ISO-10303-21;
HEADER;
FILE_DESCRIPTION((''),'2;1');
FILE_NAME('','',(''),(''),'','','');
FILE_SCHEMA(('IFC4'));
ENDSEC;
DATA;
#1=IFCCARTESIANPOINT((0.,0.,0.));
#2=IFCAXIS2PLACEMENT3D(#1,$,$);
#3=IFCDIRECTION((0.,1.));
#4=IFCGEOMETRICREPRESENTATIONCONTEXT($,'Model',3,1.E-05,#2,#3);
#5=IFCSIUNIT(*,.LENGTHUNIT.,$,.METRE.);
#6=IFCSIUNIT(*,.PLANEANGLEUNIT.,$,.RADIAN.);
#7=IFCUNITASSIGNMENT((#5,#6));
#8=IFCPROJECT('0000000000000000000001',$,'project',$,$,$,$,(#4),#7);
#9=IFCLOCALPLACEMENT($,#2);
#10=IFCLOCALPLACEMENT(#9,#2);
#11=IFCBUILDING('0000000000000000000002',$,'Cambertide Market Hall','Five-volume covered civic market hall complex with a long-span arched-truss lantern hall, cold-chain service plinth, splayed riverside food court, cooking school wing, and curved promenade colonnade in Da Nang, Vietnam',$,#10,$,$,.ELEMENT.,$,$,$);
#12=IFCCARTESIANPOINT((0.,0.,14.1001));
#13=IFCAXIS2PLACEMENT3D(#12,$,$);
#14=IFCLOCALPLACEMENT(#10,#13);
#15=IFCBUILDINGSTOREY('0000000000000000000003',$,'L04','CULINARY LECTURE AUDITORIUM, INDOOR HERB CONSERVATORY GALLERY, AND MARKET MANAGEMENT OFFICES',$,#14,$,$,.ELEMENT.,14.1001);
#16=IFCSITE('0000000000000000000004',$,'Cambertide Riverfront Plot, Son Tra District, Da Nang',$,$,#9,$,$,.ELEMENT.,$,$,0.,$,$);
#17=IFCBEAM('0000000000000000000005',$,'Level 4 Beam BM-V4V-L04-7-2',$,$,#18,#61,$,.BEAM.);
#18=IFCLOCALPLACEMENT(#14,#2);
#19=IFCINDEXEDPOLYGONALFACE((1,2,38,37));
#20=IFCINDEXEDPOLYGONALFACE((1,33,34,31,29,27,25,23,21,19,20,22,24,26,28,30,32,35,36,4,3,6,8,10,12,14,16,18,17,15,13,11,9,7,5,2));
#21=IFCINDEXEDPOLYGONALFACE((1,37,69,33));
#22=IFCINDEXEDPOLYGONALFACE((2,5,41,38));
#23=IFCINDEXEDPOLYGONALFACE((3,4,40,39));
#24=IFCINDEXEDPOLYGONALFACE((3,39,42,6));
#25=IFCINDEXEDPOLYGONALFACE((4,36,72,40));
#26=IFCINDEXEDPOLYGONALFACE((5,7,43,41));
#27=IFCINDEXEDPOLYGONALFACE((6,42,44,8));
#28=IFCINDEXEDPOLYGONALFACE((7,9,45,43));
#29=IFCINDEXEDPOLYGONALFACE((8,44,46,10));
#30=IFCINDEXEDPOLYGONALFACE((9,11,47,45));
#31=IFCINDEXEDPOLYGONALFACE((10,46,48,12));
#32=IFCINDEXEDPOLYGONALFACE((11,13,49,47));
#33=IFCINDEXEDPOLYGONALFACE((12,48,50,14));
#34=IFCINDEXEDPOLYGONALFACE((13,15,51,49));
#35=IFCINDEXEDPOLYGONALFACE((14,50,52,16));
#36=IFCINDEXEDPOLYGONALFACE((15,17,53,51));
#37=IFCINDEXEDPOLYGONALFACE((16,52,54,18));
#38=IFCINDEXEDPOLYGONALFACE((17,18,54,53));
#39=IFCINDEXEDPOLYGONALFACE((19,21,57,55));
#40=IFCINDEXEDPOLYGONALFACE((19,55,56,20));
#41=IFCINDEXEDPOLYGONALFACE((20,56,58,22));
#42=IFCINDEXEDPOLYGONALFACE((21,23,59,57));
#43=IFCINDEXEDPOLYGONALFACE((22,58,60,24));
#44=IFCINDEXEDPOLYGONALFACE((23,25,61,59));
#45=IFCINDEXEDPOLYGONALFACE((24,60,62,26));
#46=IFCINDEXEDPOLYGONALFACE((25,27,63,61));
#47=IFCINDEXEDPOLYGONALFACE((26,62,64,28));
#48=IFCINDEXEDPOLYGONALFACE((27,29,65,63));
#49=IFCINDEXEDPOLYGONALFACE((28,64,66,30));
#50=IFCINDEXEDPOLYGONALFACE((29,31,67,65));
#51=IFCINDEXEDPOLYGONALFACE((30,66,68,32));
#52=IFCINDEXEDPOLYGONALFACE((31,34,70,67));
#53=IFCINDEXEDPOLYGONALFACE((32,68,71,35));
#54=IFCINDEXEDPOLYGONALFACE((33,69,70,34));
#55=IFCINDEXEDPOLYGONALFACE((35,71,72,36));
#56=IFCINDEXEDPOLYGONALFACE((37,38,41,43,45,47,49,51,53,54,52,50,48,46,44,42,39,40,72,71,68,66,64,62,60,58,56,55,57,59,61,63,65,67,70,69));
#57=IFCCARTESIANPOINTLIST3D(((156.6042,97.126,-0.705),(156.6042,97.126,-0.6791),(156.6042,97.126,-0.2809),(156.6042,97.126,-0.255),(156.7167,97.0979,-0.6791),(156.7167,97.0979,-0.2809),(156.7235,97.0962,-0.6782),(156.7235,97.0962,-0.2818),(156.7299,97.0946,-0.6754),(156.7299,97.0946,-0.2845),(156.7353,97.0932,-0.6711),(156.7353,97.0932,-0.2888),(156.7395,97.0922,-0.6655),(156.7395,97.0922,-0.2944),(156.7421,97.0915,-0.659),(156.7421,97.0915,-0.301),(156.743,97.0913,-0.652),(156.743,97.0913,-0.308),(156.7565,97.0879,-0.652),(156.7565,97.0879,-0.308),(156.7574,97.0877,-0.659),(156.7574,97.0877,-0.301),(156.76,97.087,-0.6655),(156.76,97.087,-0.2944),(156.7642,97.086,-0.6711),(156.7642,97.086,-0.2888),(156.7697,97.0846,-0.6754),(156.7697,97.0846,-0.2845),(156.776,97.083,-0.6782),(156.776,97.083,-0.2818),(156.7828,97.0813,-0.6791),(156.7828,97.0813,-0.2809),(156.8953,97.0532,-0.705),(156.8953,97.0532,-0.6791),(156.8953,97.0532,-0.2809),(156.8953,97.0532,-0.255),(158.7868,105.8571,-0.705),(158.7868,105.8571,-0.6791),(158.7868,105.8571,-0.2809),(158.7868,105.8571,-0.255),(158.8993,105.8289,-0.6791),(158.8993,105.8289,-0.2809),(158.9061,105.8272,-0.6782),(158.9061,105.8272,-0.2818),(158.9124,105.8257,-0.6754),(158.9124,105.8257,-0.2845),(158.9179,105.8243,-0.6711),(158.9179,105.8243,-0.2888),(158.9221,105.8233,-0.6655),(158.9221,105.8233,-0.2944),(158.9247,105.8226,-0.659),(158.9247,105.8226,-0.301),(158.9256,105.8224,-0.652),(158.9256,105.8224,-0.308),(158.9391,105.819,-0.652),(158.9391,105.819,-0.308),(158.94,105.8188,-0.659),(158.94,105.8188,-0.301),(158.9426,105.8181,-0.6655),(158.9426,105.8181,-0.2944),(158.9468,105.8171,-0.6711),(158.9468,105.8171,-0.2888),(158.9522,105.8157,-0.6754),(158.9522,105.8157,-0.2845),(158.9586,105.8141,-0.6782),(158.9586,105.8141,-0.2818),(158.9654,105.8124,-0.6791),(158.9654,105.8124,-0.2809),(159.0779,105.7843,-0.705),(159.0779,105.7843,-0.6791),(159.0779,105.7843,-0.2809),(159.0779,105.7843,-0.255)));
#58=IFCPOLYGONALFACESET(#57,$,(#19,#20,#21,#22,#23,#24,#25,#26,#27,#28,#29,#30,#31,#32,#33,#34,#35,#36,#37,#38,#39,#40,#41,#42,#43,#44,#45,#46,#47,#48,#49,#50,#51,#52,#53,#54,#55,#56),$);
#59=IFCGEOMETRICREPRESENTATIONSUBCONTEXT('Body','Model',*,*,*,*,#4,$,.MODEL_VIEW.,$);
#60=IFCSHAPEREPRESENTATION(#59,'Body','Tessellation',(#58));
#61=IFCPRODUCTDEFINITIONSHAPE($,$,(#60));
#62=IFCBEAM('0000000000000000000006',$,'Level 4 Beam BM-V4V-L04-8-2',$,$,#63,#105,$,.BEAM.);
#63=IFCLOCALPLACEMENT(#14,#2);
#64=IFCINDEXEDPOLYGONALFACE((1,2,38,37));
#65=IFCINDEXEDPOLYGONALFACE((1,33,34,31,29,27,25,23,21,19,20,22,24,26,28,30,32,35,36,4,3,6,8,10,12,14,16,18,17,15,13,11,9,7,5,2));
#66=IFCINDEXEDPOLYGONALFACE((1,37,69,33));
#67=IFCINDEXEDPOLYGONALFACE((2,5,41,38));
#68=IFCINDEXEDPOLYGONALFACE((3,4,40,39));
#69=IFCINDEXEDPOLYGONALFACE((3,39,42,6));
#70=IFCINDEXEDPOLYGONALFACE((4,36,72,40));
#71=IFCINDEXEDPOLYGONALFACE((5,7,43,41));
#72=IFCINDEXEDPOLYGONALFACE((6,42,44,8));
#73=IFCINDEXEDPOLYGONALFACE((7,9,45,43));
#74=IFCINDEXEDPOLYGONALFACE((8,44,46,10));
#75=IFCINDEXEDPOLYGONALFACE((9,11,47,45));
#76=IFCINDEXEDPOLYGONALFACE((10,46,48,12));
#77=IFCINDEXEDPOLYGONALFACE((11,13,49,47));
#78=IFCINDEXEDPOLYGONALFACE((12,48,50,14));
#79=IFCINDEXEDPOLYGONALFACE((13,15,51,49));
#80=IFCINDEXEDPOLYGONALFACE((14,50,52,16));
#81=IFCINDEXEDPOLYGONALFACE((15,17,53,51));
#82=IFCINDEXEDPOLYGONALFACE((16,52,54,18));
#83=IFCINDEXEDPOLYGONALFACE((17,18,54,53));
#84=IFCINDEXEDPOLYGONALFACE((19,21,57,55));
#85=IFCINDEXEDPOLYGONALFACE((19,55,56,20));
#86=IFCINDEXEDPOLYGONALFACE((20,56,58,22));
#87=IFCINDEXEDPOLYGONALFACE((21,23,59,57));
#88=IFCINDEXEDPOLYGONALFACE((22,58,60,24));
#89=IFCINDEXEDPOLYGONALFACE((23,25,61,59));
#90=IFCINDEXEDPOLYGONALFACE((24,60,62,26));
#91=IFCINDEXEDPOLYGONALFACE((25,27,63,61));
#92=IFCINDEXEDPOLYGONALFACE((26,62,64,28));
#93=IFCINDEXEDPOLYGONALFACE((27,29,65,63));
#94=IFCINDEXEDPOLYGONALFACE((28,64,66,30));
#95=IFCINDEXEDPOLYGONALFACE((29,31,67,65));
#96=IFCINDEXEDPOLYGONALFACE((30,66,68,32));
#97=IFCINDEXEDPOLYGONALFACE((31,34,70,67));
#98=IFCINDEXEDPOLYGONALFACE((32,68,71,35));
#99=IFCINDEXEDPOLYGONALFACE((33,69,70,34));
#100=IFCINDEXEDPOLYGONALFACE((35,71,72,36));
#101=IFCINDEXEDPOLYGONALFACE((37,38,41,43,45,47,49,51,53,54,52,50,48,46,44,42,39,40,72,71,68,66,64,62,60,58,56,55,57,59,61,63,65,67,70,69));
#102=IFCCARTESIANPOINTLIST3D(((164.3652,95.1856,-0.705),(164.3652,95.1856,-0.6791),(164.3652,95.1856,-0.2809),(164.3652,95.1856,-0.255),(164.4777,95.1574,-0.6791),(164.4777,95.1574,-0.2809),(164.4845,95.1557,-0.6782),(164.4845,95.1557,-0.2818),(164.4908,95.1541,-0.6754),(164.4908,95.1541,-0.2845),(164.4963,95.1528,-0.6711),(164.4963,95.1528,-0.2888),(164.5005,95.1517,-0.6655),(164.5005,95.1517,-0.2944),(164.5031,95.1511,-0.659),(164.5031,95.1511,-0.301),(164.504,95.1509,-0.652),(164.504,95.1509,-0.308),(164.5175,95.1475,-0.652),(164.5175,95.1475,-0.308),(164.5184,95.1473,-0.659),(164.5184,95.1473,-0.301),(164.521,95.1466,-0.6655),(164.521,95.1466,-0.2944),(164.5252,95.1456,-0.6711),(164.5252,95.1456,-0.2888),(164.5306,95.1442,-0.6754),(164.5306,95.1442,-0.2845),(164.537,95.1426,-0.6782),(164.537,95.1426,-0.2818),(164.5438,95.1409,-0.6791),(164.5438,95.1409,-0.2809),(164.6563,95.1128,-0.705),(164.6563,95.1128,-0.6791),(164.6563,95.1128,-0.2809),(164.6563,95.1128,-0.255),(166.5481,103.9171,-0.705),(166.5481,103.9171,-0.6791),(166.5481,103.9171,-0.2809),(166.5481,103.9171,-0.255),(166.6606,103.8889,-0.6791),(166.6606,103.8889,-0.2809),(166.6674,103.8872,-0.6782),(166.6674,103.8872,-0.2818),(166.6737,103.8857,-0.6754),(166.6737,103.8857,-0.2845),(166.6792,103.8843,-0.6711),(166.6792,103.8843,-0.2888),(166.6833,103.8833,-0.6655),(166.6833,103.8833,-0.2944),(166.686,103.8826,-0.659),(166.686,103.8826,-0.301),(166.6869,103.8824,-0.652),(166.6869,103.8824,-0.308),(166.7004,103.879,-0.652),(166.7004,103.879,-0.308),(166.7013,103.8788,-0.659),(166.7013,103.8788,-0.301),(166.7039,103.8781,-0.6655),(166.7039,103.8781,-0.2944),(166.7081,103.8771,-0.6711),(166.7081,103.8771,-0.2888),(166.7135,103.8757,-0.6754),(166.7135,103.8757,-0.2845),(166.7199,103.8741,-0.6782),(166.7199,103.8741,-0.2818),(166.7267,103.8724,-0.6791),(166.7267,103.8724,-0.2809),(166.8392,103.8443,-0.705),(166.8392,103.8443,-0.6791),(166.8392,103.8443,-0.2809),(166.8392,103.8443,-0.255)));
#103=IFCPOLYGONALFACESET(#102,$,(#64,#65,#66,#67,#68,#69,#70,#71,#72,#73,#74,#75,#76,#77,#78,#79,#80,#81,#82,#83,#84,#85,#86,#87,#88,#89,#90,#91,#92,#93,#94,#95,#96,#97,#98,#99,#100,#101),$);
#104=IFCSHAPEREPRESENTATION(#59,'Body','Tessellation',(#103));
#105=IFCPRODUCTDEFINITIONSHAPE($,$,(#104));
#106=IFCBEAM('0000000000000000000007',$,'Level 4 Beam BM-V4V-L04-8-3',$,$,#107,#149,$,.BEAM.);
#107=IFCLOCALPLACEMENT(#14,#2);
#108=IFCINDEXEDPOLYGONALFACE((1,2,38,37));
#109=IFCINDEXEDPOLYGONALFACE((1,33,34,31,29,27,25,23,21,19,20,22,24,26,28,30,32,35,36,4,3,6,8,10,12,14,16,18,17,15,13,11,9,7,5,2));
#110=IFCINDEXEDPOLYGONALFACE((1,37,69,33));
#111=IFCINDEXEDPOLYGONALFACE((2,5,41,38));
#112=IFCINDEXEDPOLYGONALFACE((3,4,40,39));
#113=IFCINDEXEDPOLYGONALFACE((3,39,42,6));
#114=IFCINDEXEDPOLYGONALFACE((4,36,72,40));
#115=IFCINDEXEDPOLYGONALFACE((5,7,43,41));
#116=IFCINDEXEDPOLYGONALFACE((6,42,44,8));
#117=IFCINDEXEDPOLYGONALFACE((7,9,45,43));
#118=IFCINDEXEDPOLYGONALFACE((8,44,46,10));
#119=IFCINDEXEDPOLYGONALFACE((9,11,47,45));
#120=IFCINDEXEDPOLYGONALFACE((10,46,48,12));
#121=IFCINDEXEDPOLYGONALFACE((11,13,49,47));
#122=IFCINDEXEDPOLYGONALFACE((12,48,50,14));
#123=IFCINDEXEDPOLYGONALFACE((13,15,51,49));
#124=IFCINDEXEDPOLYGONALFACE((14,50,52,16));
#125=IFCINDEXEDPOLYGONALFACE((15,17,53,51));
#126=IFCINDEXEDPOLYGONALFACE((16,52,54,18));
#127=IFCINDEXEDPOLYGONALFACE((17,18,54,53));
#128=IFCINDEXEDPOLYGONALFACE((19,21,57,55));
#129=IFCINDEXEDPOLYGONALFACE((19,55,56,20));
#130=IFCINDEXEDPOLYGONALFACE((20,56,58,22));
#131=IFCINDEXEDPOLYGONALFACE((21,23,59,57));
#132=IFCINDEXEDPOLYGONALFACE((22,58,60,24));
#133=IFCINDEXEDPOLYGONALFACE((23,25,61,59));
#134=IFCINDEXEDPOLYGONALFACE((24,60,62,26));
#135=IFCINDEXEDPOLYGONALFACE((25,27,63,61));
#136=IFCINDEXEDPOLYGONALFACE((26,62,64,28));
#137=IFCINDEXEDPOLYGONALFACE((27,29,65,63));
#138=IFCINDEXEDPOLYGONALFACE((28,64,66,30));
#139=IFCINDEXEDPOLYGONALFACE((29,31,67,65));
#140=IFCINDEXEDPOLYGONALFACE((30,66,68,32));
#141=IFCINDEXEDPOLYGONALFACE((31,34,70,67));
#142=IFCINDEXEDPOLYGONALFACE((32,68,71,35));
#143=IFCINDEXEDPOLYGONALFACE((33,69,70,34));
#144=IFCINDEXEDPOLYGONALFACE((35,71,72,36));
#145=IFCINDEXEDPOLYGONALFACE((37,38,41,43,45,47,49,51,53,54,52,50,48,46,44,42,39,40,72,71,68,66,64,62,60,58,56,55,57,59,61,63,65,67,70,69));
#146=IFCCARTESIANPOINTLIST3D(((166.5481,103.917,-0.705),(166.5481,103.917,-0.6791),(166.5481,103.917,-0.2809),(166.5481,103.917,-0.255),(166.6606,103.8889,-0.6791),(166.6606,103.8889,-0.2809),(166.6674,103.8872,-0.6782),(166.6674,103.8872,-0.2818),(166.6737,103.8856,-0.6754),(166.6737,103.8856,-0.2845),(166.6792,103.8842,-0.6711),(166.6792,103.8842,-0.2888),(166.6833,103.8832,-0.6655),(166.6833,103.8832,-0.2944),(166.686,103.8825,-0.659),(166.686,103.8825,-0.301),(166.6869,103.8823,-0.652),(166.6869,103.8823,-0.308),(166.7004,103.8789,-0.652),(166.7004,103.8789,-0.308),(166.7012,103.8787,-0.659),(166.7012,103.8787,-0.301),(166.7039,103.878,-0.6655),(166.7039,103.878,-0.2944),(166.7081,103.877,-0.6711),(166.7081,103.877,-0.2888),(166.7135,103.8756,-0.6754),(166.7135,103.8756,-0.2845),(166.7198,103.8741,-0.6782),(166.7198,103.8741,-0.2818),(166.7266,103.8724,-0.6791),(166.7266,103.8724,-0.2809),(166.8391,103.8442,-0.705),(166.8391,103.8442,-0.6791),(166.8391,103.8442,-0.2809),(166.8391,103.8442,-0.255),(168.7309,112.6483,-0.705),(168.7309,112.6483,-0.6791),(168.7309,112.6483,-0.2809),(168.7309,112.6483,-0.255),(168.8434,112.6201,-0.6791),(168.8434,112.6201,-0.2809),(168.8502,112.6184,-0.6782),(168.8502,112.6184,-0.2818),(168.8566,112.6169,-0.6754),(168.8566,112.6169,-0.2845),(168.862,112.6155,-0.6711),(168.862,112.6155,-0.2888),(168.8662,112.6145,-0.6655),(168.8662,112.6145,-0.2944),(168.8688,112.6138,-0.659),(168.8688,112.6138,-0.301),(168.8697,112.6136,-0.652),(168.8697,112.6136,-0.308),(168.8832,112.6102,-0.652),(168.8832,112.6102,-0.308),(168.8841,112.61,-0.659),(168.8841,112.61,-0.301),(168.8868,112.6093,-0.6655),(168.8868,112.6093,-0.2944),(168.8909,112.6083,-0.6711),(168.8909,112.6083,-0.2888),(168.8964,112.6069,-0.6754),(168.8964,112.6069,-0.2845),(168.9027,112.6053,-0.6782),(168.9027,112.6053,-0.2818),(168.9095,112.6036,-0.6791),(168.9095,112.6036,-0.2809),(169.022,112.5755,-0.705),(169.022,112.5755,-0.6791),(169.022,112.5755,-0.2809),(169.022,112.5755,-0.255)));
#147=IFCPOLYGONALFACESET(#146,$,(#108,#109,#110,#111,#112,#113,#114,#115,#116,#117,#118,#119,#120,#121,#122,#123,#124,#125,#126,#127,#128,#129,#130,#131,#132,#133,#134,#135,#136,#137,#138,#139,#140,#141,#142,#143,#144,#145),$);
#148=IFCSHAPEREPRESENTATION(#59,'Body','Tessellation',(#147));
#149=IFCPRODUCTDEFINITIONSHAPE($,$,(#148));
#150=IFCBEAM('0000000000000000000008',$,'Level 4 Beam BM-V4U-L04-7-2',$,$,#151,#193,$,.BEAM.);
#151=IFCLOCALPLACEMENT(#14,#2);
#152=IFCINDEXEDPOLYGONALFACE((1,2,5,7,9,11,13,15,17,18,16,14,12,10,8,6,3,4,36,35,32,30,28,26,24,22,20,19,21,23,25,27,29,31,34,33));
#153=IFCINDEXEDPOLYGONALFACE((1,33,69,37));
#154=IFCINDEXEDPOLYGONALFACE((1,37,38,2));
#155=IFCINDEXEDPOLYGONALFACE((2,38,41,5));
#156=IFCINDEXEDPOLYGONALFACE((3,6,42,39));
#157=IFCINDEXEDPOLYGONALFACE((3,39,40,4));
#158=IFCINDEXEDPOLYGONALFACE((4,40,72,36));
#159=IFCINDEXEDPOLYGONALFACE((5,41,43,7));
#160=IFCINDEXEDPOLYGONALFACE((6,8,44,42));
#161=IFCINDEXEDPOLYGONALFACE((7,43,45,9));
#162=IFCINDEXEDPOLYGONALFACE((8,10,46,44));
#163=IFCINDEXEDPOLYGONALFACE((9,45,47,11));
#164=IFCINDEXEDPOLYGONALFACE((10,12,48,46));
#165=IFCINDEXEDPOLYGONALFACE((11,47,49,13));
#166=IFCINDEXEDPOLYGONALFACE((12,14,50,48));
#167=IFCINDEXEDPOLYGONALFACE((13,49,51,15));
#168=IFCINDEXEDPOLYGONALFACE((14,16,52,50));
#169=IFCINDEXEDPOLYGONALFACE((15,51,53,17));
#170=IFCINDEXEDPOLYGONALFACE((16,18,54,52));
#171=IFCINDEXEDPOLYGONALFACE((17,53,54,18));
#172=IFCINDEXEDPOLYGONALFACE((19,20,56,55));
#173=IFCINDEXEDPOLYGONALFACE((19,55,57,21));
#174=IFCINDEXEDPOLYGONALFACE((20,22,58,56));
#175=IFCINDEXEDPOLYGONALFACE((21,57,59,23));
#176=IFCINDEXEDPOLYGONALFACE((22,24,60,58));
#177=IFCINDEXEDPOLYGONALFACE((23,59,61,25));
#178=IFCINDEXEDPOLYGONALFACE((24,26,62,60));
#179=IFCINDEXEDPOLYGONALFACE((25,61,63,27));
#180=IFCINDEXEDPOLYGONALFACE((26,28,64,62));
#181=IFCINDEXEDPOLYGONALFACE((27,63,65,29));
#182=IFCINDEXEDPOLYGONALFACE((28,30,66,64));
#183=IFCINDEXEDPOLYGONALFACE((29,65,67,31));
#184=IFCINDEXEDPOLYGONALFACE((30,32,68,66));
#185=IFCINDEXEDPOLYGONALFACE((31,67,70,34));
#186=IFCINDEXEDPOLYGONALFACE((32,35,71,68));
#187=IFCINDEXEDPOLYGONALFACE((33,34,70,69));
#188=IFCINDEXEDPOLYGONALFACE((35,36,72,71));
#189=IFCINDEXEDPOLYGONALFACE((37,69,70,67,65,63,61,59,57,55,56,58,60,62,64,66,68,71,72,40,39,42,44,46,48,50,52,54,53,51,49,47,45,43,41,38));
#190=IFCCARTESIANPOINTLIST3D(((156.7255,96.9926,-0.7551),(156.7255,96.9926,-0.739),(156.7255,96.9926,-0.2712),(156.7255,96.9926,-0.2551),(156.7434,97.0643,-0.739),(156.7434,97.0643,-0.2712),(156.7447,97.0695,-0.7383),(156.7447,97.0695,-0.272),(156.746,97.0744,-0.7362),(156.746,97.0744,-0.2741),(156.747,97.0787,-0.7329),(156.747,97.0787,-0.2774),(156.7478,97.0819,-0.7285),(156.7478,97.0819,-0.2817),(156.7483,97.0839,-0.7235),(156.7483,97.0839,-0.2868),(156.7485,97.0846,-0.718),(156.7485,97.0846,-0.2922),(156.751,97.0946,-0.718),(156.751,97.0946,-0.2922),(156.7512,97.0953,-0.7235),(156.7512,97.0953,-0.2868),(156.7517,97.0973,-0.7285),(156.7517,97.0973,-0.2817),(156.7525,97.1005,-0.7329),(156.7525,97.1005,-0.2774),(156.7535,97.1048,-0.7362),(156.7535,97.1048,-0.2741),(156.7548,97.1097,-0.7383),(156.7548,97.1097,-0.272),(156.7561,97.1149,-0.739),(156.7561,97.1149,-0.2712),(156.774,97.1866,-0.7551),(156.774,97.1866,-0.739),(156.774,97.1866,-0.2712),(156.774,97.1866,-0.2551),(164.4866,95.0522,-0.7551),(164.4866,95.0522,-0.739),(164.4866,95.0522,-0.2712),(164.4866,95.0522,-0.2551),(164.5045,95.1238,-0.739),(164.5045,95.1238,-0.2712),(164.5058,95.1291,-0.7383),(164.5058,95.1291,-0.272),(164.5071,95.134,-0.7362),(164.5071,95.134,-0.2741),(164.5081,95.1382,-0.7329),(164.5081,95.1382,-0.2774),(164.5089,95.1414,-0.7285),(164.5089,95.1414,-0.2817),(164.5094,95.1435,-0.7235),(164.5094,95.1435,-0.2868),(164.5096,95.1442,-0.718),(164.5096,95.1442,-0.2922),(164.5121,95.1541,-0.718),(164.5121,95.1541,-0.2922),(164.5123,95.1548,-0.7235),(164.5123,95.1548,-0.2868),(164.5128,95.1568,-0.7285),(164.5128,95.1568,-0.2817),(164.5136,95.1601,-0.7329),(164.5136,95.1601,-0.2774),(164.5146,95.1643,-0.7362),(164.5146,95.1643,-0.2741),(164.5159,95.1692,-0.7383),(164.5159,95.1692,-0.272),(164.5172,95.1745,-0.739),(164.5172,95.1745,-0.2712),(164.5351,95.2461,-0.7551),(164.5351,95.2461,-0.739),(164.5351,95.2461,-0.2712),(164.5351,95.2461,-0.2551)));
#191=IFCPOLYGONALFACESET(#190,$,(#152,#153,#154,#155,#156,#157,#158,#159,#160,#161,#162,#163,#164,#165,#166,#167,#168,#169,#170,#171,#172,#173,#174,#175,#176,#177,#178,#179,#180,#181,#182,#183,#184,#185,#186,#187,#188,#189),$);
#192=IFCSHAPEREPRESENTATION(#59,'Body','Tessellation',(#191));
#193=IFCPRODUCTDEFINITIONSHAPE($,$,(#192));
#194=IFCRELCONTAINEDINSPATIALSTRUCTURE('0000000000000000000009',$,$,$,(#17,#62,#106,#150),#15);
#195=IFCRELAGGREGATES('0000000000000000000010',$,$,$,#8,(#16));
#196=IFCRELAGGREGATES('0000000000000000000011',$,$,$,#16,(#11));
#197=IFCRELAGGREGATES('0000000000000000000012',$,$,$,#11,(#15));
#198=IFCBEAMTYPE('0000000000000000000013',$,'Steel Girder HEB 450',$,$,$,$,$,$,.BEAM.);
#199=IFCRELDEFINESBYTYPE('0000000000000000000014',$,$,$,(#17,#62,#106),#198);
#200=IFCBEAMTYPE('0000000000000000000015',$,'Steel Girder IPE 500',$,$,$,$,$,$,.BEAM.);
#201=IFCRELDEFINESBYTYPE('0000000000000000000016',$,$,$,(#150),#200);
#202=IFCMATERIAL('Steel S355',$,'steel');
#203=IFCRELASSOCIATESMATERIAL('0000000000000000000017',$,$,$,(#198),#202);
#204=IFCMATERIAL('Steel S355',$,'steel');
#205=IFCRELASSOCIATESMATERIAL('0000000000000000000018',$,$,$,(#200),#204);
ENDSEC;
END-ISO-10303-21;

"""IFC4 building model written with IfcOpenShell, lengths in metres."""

from ifc_helpers import new_model, si_unit, direction, frame, origin, origin_2d, place, context, subcontext, project, spatial, i_section, extrude, material, material_profile, profile_set, type_object, element, save


model = new_model("IFC4")

# Units and contexts
model_context = context("Model", 3, precision=1e-05, world=origin(), true_north=direction((0.0, 1.0)))
body_context = subcontext(model_context, "Body", "Model", "MODEL_VIEW")
ifc_project = project(units=[si_unit("LENGTHUNIT", "METRE"), si_unit("PLANEANGLEUNIT", "RADIAN")], contexts=[model_context])

# Site, building, storey
site_placement = place(None, origin())
site = spatial("IfcSite", under=ifc_project, at=site_placement, Name="Cambertide Riverfront Plot, Son Tra District, Da Nang", CompositionType="ELEMENT", RefElevation=0.0)
building_placement = place(site_placement, origin())
building = spatial("IfcBuilding", under=site, at=building_placement, Name="Cambertide Market Hall", Description="Five-volume covered civic market hall complex with a long-span arched-truss lantern hall, cold-chain service plinth, splayed riverside food court, cooking school wing, and curved promenade colonnade in Da Nang, Vietnam", CompositionType="ELEMENT")
storey_placement = place(building_placement, frame((0.0, 0.0, 14.1001)))
storey = spatial("IfcBuildingStorey", under=building, at=storey_placement, Name="L04", Description="CULINARY LECTURE AUDITORIUM, INDOOR HERB CONSERVATORY GALLERY, AND MARKET MANAGEMENT OFFICES", CompositionType="ELEMENT", Elevation=14.1001)

# Beams
ifc_material_1 = material(Name="Steel S355", Category="steel")
ifc_material_profile_1 = material_profile(ifc_material_1, i_section(OverallWidth=0.3, OverallDepth=0.45, WebThickness=0.0139, FlangeThickness=0.0259, FilletRadius=0.0271, at=origin_2d()), Name="HEB 450")
ifc_profile_set_1 = profile_set([ifc_material_profile_1], Name="Steel S355")
beam_type_1 = type_object("IfcBeamType", Name="Steel Girder HEB 450", PredefinedType="BEAM", material=ifc_profile_set_1)
beam_1_placement = place(storey_placement, frame((156.7498, 97.0896, -0.48), z_axis=(0.242516, 0.970147, 0.0), x_axis=(-0.970147, 0.242516, 0.0)))
element("IfcBeam", 1, at=beam_1_placement, inside=storey, type_object=beam_type_1, Name="Level 4 Beam BM-V4V-L04-7-2", PredefinedType="BEAM", context=body_context, shape_type="SweptSolid", body=[
    extrude(i_section(OverallWidth=0.3, OverallDepth=0.45, WebThickness=0.0139, FlangeThickness=0.0259, FilletRadius=0.0271, at=origin_2d()), origin(), (0.0, 0.0, 1.0), 8.9998),
])
beam_2_placement = place(storey_placement, frame((164.5107, 95.1492, -0.48), z_axis=(0.242536, 0.970143, 0.0), x_axis=(-0.970143, 0.242536, 0.0)))
element("IfcBeam", 2, at=beam_2_placement, inside=storey, type_object=beam_type_1, Name="Level 4 Beam BM-V4V-L04-8-2", PredefinedType="BEAM", context=body_context, shape_type="SweptSolid", body=[
    extrude(i_section(OverallWidth=0.3, OverallDepth=0.45, WebThickness=0.0139, FlangeThickness=0.0259, FilletRadius=0.0271, at=origin_2d()), origin(), (0.0, 0.0, 1.0), 9.0002),
])
beam_3_placement = place(storey_placement, frame((166.6936, 103.8806, -0.48), z_axis=(0.242542, 0.970141, 0.0), x_axis=(-0.970141, 0.242542, 0.0)))
element("IfcBeam", 3, at=beam_3_placement, inside=storey, type_object=beam_type_1, Name="Level 4 Beam BM-V4V-L04-8-3", PredefinedType="BEAM", context=body_context, shape_type="SweptSolid", body=[
    extrude(i_section(OverallWidth=0.3, OverallDepth=0.45, WebThickness=0.0139, FlangeThickness=0.0259, FilletRadius=0.0271, at=origin_2d()), origin(), (0.0, 0.0, 1.0), 9.0),
])
ifc_material_2 = material(Name="Steel S355", Category="steel")
ifc_material_profile_2 = material_profile(ifc_material_2, i_section(OverallWidth=0.2, OverallDepth=0.5, WebThickness=0.0103, FlangeThickness=0.0161, FilletRadius=0.021, at=origin_2d()), Name="IPE 500")
ifc_profile_set_2 = profile_set([ifc_material_profile_2], Name="Steel S355")
beam_type_2 = type_object("IfcBeamType", Name="Steel Girder IPE 500", PredefinedType="BEAM", material=ifc_profile_set_2)
for number, where, z_axis, x_axis, name in (
    (4, (156.7498, 97.0896, -0.5051), (0.970137, -0.242557, 0.0), (0.242557, 0.970137, 0.0), "Level 4 Beam BM-V4U-L04-7-2"),
):
    element("IfcBeam", number, at=place(storey_placement, frame(where, z_axis=z_axis, x_axis=x_axis)), inside=storey, type_object=beam_type_2, Name=name, PredefinedType="BEAM", context=body_context, shape_type="SweptSolid", body=[
        extrude(i_section(OverallWidth=0.2, OverallDepth=0.5, WebThickness=0.0103, FlangeThickness=0.0161, FilletRadius=0.021, at=origin_2d()), origin(), (0.0, 0.0, 1.0), 8.0),
    ])

save(model, "model.ifc")
